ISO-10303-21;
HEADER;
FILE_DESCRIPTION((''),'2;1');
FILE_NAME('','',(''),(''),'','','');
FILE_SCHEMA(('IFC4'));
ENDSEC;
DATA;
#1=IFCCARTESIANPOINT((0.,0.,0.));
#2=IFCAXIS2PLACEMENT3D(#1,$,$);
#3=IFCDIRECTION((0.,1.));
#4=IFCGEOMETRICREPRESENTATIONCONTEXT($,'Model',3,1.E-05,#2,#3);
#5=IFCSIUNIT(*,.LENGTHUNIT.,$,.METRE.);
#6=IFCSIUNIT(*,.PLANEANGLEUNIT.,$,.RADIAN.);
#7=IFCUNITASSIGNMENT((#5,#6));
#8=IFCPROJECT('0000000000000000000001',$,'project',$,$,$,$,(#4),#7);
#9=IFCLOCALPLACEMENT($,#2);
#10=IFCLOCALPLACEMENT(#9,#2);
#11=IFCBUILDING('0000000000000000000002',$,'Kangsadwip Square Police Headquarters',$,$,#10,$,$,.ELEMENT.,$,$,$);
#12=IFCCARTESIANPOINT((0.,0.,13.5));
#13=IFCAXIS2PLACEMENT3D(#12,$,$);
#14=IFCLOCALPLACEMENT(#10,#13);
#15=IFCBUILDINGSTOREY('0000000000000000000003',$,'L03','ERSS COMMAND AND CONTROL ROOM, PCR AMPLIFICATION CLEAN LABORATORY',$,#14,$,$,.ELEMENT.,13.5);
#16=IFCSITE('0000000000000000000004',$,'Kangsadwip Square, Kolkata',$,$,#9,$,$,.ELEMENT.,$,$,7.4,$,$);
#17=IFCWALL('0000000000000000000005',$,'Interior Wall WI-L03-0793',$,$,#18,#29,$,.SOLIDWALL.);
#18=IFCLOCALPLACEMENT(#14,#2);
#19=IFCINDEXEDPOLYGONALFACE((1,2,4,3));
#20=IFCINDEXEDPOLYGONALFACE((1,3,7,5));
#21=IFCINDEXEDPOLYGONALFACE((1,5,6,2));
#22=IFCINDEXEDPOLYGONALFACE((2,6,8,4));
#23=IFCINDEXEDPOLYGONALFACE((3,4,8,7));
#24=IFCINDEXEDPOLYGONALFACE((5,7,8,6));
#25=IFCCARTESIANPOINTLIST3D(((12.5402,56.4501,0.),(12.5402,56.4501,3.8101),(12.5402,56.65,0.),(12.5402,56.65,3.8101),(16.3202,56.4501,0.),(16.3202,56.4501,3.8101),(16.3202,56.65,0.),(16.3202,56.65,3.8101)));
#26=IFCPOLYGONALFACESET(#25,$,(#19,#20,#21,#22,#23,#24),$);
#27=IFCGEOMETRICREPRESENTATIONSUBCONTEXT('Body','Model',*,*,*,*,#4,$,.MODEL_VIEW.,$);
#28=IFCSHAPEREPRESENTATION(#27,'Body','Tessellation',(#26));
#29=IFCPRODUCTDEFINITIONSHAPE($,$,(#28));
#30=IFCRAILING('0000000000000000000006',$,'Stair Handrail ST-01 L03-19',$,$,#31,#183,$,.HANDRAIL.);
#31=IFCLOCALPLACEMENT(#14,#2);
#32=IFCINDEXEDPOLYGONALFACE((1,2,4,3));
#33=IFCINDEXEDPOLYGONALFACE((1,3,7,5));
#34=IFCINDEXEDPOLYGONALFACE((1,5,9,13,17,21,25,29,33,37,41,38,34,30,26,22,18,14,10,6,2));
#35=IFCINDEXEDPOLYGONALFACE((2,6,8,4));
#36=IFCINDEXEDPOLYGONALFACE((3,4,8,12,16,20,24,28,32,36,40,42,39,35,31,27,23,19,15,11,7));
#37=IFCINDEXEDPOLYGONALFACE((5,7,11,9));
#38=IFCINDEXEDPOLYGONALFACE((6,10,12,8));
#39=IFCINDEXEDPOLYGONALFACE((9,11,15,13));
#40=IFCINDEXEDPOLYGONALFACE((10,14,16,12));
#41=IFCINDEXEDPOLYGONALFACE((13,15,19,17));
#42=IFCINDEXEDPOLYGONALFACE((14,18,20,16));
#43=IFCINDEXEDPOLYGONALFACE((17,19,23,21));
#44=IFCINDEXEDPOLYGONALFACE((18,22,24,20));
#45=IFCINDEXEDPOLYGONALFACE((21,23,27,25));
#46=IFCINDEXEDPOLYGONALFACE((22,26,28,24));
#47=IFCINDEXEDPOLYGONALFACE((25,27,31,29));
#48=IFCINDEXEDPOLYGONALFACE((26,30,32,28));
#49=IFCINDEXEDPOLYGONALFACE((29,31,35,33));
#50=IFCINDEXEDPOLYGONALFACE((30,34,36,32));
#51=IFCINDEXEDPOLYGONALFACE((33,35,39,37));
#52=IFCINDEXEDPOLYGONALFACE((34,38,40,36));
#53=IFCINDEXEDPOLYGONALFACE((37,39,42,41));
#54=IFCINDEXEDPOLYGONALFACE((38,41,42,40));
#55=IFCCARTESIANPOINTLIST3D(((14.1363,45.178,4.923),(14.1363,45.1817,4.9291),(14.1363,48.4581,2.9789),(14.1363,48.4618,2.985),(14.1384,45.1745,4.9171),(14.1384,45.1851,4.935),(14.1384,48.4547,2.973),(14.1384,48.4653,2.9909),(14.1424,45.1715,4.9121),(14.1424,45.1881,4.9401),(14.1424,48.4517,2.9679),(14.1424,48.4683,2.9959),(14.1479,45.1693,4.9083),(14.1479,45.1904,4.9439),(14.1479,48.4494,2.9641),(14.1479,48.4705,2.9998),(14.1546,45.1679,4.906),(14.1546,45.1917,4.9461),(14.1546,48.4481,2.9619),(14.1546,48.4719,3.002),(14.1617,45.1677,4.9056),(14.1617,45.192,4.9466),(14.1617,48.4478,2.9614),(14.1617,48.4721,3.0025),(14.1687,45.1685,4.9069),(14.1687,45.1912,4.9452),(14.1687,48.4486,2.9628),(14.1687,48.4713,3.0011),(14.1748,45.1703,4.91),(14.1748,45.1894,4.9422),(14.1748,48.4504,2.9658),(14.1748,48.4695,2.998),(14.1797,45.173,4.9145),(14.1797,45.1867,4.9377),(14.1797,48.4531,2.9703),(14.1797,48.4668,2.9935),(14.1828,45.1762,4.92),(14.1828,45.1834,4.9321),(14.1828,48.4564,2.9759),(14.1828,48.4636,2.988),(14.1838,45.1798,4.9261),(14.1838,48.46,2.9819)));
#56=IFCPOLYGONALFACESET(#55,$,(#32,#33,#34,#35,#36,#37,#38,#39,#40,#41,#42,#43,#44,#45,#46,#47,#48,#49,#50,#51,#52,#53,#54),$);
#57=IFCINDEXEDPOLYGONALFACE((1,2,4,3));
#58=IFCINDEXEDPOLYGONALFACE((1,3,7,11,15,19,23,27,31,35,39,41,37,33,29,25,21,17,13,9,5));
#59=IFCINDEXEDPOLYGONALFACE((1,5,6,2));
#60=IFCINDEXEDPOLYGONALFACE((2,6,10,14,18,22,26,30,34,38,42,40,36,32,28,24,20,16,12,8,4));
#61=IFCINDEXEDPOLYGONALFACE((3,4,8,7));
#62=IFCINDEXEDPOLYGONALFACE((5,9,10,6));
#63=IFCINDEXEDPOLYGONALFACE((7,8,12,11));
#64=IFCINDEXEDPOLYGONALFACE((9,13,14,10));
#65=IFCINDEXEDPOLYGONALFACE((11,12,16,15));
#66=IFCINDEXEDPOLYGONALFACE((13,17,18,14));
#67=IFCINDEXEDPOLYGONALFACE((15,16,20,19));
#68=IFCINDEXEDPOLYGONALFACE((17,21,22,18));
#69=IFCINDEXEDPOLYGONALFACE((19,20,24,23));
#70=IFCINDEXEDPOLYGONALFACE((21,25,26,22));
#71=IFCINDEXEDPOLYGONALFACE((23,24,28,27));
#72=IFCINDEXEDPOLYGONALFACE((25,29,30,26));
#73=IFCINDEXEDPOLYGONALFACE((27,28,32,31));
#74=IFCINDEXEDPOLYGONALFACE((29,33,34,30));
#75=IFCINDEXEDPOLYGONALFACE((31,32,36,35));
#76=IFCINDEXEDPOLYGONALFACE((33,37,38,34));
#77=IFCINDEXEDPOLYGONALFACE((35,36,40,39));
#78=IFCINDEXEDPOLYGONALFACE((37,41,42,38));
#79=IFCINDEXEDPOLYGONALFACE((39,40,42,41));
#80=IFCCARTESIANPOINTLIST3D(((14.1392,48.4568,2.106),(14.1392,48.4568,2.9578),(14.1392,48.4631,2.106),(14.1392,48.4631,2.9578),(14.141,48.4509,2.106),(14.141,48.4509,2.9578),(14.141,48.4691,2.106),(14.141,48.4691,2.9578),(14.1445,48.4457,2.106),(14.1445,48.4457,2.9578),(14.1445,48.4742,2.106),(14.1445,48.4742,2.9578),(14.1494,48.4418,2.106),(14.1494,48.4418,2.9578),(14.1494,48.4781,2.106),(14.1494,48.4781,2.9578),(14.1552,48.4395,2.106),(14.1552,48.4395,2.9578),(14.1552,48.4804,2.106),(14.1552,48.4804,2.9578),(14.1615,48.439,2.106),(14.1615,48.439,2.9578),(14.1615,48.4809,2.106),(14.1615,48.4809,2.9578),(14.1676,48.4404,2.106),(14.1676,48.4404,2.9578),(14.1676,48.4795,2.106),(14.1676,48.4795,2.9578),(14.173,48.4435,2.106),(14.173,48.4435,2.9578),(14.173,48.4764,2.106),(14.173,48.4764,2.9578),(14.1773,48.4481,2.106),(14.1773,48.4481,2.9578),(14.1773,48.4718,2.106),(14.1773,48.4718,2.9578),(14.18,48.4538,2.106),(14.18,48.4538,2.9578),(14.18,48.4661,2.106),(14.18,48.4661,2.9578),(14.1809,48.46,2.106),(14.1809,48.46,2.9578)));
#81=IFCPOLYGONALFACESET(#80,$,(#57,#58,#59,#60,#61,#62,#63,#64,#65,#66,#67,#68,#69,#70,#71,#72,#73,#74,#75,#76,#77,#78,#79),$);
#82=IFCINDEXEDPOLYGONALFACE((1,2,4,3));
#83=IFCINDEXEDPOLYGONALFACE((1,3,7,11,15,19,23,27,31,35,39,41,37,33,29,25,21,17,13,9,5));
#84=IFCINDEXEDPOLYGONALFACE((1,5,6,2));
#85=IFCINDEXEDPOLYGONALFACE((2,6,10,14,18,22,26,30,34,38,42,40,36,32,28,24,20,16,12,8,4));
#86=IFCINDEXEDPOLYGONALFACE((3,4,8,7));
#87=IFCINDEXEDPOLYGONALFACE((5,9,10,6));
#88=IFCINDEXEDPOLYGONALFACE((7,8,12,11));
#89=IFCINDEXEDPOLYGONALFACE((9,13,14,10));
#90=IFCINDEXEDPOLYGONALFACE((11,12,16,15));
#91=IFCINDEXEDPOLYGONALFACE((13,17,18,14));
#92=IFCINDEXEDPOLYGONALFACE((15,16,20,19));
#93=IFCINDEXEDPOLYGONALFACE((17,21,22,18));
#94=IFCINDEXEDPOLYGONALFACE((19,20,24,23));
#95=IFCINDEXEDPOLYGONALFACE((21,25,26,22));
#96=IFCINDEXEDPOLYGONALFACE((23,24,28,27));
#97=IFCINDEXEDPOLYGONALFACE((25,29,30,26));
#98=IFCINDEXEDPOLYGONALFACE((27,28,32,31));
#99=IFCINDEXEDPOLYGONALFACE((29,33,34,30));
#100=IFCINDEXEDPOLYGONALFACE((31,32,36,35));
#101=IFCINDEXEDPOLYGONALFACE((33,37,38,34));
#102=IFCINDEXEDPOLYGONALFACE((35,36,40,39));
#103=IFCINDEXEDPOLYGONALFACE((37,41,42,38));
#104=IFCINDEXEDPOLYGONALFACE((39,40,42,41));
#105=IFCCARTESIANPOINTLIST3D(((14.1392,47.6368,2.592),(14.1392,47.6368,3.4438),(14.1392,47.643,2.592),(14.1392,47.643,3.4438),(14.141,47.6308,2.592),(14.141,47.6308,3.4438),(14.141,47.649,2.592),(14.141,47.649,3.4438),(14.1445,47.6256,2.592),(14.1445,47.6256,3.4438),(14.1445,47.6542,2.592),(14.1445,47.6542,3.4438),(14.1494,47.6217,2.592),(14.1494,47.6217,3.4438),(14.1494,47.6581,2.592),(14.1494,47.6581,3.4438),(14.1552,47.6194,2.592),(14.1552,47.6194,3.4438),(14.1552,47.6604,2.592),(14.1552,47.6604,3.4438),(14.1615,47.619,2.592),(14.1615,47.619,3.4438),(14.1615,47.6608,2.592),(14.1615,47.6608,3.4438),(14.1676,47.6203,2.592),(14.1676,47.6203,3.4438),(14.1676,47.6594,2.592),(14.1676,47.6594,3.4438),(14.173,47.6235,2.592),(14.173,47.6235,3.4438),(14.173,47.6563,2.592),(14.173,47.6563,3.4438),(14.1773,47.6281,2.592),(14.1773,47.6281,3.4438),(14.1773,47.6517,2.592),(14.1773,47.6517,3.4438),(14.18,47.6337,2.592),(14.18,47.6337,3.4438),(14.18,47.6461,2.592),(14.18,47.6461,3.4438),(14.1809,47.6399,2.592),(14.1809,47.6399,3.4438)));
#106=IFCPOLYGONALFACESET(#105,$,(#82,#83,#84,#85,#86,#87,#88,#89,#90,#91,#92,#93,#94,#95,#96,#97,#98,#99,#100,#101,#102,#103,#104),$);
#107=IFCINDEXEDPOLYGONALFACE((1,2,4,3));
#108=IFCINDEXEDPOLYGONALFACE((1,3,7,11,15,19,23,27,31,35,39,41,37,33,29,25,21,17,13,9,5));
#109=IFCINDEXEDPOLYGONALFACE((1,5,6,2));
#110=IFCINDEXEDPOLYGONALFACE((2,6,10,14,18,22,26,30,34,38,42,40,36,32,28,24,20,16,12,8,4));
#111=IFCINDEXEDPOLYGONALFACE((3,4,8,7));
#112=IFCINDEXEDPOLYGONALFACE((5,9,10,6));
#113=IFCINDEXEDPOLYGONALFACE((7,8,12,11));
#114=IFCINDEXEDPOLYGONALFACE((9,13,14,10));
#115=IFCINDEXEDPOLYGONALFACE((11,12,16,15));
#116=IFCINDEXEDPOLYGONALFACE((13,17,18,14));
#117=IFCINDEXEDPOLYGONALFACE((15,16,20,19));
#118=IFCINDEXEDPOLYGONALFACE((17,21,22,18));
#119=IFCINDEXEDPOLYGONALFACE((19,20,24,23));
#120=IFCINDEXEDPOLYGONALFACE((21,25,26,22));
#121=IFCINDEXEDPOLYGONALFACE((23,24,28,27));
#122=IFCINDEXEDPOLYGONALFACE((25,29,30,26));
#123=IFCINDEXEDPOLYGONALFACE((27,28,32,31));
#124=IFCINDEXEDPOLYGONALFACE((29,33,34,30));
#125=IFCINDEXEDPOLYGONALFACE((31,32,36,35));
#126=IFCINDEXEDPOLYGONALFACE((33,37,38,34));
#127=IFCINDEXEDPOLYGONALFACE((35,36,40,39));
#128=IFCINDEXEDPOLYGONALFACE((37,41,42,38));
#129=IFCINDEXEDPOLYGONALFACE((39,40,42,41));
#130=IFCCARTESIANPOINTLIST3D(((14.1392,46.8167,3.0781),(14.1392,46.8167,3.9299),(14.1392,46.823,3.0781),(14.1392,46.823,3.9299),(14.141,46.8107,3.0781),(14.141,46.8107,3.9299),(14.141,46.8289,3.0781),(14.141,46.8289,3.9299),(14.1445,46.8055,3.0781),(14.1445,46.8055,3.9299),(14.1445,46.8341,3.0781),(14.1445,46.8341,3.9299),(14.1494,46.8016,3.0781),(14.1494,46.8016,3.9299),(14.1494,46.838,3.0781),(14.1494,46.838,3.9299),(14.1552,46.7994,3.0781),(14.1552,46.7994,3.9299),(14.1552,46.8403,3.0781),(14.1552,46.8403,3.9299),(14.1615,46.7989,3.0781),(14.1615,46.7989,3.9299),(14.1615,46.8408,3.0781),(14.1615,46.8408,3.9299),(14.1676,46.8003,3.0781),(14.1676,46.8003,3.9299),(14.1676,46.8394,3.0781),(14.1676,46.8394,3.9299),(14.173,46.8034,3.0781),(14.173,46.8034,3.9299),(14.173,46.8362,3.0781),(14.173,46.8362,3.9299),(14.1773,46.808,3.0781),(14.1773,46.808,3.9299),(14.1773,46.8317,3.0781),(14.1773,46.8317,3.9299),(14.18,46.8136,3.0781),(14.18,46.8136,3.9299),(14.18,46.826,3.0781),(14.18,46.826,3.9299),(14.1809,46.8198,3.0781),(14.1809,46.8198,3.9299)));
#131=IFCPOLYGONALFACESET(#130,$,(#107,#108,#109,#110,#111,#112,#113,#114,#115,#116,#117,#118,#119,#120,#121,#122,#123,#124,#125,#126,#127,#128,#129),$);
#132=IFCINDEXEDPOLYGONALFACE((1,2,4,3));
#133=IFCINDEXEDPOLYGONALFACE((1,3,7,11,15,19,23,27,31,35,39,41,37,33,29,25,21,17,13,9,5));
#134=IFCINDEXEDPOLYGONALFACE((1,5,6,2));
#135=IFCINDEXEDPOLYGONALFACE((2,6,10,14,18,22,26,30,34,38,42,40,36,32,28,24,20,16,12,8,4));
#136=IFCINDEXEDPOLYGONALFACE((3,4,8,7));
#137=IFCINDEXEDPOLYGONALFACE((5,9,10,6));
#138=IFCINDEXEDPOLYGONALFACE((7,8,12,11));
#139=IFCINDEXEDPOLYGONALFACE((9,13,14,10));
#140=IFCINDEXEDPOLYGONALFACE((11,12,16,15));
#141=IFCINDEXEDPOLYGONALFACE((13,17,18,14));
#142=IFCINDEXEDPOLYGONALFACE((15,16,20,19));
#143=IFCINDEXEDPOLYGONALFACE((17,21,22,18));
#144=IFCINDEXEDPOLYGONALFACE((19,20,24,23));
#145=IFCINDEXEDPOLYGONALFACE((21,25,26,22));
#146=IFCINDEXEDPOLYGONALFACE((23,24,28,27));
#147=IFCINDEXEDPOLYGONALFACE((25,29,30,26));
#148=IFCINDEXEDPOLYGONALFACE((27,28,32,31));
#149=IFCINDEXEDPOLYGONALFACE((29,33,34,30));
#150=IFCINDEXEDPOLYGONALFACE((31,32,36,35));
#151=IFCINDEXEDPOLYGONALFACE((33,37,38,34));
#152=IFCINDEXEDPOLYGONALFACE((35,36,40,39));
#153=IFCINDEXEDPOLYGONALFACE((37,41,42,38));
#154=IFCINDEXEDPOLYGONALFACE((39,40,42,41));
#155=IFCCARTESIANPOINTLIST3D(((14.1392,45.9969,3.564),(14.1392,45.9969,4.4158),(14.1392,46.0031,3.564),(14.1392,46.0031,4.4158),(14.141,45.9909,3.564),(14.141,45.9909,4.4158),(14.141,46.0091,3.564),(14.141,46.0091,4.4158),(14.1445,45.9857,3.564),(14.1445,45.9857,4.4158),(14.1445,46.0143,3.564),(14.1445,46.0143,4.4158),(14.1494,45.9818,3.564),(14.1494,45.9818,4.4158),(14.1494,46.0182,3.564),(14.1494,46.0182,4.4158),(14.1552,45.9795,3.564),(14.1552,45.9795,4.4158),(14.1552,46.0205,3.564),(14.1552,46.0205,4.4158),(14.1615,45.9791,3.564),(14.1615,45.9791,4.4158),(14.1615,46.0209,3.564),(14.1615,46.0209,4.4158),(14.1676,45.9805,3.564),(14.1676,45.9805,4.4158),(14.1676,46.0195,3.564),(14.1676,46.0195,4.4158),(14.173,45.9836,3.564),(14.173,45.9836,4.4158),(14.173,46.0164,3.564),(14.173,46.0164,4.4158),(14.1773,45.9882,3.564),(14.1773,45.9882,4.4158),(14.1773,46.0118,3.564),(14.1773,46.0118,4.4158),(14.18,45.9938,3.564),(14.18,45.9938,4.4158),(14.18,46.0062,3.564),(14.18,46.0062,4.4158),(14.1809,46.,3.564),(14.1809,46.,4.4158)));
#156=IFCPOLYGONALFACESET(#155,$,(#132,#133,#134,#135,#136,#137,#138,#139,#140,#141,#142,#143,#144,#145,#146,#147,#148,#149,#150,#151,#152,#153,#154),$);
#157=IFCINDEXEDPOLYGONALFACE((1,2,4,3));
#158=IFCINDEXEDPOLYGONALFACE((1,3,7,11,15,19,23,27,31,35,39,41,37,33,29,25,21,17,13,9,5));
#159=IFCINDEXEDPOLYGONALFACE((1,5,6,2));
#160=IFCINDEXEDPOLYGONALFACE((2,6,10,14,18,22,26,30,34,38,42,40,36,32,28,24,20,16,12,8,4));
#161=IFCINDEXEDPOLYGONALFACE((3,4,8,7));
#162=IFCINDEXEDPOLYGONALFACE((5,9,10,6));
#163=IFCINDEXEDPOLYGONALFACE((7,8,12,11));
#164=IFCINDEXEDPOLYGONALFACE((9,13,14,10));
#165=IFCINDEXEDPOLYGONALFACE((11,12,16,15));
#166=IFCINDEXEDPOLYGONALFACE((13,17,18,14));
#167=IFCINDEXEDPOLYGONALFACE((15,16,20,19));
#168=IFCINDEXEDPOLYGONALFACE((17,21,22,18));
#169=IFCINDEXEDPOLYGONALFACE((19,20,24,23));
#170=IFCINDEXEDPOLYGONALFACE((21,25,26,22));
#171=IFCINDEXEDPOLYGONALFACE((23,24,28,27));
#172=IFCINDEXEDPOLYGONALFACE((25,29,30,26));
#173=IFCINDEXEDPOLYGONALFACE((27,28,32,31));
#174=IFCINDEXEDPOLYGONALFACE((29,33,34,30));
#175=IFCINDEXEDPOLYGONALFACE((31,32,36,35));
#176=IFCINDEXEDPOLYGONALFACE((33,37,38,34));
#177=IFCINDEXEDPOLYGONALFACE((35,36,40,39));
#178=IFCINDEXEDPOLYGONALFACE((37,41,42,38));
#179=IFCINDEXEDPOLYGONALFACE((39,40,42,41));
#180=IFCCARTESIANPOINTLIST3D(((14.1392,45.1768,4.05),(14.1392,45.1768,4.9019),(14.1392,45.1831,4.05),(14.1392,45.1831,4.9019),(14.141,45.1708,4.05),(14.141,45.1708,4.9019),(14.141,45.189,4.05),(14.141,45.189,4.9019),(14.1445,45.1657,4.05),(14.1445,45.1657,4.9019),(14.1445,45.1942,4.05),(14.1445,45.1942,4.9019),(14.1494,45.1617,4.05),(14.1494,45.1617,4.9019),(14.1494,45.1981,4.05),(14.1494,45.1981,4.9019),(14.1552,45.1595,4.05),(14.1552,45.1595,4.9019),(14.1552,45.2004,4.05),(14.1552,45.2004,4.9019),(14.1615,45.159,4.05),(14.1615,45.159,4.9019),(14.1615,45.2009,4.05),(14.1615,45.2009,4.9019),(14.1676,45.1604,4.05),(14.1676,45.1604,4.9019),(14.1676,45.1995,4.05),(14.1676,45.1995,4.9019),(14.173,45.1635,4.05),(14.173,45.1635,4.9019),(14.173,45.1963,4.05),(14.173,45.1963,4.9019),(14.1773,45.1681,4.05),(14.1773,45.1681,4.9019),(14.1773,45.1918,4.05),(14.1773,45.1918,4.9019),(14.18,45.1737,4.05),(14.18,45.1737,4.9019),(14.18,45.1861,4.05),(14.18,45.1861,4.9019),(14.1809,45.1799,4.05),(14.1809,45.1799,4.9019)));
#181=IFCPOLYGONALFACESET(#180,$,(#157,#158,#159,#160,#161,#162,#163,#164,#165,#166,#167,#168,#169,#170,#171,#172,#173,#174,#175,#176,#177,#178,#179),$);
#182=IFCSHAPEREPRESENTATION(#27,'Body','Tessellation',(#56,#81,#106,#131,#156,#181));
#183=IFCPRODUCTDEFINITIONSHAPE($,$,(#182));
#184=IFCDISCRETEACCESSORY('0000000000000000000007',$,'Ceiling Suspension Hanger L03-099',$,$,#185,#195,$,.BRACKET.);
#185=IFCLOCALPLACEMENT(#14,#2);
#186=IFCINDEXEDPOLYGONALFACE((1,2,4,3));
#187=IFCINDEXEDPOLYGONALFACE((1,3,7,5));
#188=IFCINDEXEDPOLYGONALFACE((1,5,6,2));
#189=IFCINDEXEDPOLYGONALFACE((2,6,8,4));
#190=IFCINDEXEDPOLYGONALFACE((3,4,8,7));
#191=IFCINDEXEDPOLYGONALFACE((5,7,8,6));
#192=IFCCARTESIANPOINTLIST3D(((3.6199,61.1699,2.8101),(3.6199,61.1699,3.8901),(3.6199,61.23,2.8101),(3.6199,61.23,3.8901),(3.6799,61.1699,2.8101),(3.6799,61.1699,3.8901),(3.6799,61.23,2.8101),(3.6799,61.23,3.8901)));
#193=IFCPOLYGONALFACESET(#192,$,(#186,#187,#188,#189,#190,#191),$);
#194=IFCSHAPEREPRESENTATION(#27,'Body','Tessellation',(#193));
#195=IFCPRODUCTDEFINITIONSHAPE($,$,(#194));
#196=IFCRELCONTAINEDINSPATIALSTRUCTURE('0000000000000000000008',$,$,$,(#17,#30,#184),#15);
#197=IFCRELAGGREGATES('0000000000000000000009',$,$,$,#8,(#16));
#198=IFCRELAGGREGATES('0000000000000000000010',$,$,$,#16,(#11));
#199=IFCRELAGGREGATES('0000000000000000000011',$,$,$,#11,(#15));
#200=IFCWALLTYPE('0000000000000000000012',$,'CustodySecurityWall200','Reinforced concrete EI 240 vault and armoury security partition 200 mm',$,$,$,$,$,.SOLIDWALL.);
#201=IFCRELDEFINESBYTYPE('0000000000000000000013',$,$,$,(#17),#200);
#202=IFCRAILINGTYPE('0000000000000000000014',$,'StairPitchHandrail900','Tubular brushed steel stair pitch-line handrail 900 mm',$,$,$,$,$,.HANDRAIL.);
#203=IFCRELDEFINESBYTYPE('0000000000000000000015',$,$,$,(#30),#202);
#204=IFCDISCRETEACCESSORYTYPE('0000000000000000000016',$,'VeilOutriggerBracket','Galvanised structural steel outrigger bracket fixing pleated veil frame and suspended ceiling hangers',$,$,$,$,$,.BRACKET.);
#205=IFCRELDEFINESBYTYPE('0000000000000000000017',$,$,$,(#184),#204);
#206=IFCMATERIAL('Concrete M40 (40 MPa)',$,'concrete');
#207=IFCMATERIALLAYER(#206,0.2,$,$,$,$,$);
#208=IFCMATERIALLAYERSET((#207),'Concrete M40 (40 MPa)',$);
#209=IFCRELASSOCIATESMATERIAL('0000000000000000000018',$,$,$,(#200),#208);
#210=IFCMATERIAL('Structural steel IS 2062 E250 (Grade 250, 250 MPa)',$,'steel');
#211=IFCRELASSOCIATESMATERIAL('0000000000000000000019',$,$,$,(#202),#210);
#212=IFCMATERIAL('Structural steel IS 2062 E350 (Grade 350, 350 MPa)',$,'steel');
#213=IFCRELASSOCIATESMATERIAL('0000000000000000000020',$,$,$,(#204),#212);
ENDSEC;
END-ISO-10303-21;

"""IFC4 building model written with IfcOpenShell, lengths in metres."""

from ifc_helpers import new_model, si_unit, direction, frame, frame_2d, origin, origin_2d, place, context, subcontext, project, spatial, rectangle, circle, extrude, material, layer, layer_set, type_object, element, save


model = new_model("IFC4")

# Units and contexts
model_context = context("Model", 3, precision=1e-05, world=origin(), true_north=direction((0.0, 1.0)))
body_context = subcontext(model_context, "Body", "Model", "MODEL_VIEW")
ifc_project = project(units=[si_unit("LENGTHUNIT", "METRE"), si_unit("PLANEANGLEUNIT", "RADIAN")], contexts=[model_context])

# Site, building, storey
site_placement = place(None, origin())
site = spatial("IfcSite", under=ifc_project, at=site_placement, Name="Kangsadwip Square, Kolkata", CompositionType="ELEMENT", RefElevation=7.4)
building_placement = place(site_placement, origin())
building = spatial("IfcBuilding", under=site, at=building_placement, Name="Kangsadwip Square Police Headquarters", CompositionType="ELEMENT")
storey_placement = place(building_placement, frame((0.0, 0.0, 13.5)))
storey = spatial("IfcBuildingStorey", under=building, at=storey_placement, Name="L03", Description="ERSS COMMAND AND CONTROL ROOM, PCR AMPLIFICATION CLEAN LABORATORY", CompositionType="ELEMENT", Elevation=13.5)

# Wall
ifc_material_1 = material(Name="Concrete M40 (40 MPa)", Category="concrete")
ifc_layer_1 = layer(ifc_material_1, 0.2)
ifc_layer_set_1 = layer_set([ifc_layer_1], Name="Concrete M40 (40 MPa)")
wall_type_1 = type_object("IfcWallType", Name="CustodySecurityWall200", Description="Reinforced concrete EI 240 vault and armoury security partition 200 mm", PredefinedType="SOLIDWALL", material=ifc_layer_set_1)
for number, where, z_axis, x_axis, name in (
    (1, (12.54, 56.55, 0.0), (0.0, 0.0, 1.0), (1.0, 0.0, 0.0), "Interior Wall WI-L03-0793"),
):
    element("IfcWall", number, at=place(storey_placement, frame(where, z_axis=z_axis, x_axis=x_axis)), inside=storey, type_object=wall_type_1, Name=name, PredefinedType="SOLIDWALL", context=body_context, shape_type="SweptSolid", body=[
        extrude(rectangle(XDim=3.78, YDim=0.2, at=frame_2d((1.8901, 0.0))), origin(), (0.0, 0.0, 1.0), 3.8101),
    ])

# Railing
ifc_material_2 = material(Name="Structural steel IS 2062 E250 (Grade 250, 250 MPa)", Category="steel")
railing_type = type_object("IfcRailingType", Name="StairPitchHandrail900", Description="Tubular brushed steel stair pitch-line handrail 900 mm", PredefinedType="HANDRAIL", material=ifc_material_2)
railing_placement = place(storey_placement, frame((14.1599, 48.46, 2.106)))
element("IfcRailing", 2, at=railing_placement, inside=storey, type_object=railing_type, Name="Stair Handrail ST-01 L03-19", PredefinedType="HANDRAIL", context=body_context, shape_type="SweptSolid", body=[
    extrude(circle(Radius=0.0239, at=origin_2d()), frame((0.0, 0.0, 0.876), z_axis=(0.0, -0.860249, 0.509874), x_axis=(1.0, 0.0, 0.0)), (0.0, 0.0, 1.0), 3.813),
    extrude(circle(Radius=0.021, at=origin_2d()), origin(), (0.0, 0.0, 1.0), 0.8518),
    extrude(circle(Radius=0.021, at=origin_2d()), frame((0.0, -0.8201, 0.4861)), (0.0, 0.0, 1.0), 0.8518),
    extrude(circle(Radius=0.021, at=origin_2d()), frame((0.0, -1.6401, 0.9722)), (0.0, 0.0, 1.0), 0.8518),
    extrude(circle(Radius=0.021, at=origin_2d()), frame((0.0, -2.46, 1.458)), (0.0, 0.0, 1.0), 0.8518),
    extrude(circle(Radius=0.021, at=origin_2d()), frame((0.0, -3.28, 1.9441)), (0.0, 0.0, 1.0), 0.8518),
])

# Discrete accessory
ifc_material_3 = material(Name="Structural steel IS 2062 E350 (Grade 350, 350 MPa)", Category="steel")
discrete_accessory_type = type_object("IfcDiscreteAccessoryType", Name="VeilOutriggerBracket", Description="Galvanised structural steel outrigger bracket fixing pleated veil frame and suspended ceiling hangers", PredefinedType="BRACKET", material=ifc_material_3)
discrete_accessory_placement = place(storey_placement, frame((3.6499, 61.2, 2.8101), z_axis=(0.0, 0.0, 1.0), x_axis=(1.0, 0.0, 0.0)))
element("IfcDiscreteAccessory", 3, at=discrete_accessory_placement, inside=storey, type_object=discrete_accessory_type, Name="Ceiling Suspension Hanger L03-099", PredefinedType="BRACKET", context=body_context, shape_type="SweptSolid", body=[
    extrude(rectangle(XDim=0.0601, YDim=0.0601, at=origin_2d()), origin(), (0.0, 0.0, 1.0), 1.0801),
])

save(model, "model.ifc")
